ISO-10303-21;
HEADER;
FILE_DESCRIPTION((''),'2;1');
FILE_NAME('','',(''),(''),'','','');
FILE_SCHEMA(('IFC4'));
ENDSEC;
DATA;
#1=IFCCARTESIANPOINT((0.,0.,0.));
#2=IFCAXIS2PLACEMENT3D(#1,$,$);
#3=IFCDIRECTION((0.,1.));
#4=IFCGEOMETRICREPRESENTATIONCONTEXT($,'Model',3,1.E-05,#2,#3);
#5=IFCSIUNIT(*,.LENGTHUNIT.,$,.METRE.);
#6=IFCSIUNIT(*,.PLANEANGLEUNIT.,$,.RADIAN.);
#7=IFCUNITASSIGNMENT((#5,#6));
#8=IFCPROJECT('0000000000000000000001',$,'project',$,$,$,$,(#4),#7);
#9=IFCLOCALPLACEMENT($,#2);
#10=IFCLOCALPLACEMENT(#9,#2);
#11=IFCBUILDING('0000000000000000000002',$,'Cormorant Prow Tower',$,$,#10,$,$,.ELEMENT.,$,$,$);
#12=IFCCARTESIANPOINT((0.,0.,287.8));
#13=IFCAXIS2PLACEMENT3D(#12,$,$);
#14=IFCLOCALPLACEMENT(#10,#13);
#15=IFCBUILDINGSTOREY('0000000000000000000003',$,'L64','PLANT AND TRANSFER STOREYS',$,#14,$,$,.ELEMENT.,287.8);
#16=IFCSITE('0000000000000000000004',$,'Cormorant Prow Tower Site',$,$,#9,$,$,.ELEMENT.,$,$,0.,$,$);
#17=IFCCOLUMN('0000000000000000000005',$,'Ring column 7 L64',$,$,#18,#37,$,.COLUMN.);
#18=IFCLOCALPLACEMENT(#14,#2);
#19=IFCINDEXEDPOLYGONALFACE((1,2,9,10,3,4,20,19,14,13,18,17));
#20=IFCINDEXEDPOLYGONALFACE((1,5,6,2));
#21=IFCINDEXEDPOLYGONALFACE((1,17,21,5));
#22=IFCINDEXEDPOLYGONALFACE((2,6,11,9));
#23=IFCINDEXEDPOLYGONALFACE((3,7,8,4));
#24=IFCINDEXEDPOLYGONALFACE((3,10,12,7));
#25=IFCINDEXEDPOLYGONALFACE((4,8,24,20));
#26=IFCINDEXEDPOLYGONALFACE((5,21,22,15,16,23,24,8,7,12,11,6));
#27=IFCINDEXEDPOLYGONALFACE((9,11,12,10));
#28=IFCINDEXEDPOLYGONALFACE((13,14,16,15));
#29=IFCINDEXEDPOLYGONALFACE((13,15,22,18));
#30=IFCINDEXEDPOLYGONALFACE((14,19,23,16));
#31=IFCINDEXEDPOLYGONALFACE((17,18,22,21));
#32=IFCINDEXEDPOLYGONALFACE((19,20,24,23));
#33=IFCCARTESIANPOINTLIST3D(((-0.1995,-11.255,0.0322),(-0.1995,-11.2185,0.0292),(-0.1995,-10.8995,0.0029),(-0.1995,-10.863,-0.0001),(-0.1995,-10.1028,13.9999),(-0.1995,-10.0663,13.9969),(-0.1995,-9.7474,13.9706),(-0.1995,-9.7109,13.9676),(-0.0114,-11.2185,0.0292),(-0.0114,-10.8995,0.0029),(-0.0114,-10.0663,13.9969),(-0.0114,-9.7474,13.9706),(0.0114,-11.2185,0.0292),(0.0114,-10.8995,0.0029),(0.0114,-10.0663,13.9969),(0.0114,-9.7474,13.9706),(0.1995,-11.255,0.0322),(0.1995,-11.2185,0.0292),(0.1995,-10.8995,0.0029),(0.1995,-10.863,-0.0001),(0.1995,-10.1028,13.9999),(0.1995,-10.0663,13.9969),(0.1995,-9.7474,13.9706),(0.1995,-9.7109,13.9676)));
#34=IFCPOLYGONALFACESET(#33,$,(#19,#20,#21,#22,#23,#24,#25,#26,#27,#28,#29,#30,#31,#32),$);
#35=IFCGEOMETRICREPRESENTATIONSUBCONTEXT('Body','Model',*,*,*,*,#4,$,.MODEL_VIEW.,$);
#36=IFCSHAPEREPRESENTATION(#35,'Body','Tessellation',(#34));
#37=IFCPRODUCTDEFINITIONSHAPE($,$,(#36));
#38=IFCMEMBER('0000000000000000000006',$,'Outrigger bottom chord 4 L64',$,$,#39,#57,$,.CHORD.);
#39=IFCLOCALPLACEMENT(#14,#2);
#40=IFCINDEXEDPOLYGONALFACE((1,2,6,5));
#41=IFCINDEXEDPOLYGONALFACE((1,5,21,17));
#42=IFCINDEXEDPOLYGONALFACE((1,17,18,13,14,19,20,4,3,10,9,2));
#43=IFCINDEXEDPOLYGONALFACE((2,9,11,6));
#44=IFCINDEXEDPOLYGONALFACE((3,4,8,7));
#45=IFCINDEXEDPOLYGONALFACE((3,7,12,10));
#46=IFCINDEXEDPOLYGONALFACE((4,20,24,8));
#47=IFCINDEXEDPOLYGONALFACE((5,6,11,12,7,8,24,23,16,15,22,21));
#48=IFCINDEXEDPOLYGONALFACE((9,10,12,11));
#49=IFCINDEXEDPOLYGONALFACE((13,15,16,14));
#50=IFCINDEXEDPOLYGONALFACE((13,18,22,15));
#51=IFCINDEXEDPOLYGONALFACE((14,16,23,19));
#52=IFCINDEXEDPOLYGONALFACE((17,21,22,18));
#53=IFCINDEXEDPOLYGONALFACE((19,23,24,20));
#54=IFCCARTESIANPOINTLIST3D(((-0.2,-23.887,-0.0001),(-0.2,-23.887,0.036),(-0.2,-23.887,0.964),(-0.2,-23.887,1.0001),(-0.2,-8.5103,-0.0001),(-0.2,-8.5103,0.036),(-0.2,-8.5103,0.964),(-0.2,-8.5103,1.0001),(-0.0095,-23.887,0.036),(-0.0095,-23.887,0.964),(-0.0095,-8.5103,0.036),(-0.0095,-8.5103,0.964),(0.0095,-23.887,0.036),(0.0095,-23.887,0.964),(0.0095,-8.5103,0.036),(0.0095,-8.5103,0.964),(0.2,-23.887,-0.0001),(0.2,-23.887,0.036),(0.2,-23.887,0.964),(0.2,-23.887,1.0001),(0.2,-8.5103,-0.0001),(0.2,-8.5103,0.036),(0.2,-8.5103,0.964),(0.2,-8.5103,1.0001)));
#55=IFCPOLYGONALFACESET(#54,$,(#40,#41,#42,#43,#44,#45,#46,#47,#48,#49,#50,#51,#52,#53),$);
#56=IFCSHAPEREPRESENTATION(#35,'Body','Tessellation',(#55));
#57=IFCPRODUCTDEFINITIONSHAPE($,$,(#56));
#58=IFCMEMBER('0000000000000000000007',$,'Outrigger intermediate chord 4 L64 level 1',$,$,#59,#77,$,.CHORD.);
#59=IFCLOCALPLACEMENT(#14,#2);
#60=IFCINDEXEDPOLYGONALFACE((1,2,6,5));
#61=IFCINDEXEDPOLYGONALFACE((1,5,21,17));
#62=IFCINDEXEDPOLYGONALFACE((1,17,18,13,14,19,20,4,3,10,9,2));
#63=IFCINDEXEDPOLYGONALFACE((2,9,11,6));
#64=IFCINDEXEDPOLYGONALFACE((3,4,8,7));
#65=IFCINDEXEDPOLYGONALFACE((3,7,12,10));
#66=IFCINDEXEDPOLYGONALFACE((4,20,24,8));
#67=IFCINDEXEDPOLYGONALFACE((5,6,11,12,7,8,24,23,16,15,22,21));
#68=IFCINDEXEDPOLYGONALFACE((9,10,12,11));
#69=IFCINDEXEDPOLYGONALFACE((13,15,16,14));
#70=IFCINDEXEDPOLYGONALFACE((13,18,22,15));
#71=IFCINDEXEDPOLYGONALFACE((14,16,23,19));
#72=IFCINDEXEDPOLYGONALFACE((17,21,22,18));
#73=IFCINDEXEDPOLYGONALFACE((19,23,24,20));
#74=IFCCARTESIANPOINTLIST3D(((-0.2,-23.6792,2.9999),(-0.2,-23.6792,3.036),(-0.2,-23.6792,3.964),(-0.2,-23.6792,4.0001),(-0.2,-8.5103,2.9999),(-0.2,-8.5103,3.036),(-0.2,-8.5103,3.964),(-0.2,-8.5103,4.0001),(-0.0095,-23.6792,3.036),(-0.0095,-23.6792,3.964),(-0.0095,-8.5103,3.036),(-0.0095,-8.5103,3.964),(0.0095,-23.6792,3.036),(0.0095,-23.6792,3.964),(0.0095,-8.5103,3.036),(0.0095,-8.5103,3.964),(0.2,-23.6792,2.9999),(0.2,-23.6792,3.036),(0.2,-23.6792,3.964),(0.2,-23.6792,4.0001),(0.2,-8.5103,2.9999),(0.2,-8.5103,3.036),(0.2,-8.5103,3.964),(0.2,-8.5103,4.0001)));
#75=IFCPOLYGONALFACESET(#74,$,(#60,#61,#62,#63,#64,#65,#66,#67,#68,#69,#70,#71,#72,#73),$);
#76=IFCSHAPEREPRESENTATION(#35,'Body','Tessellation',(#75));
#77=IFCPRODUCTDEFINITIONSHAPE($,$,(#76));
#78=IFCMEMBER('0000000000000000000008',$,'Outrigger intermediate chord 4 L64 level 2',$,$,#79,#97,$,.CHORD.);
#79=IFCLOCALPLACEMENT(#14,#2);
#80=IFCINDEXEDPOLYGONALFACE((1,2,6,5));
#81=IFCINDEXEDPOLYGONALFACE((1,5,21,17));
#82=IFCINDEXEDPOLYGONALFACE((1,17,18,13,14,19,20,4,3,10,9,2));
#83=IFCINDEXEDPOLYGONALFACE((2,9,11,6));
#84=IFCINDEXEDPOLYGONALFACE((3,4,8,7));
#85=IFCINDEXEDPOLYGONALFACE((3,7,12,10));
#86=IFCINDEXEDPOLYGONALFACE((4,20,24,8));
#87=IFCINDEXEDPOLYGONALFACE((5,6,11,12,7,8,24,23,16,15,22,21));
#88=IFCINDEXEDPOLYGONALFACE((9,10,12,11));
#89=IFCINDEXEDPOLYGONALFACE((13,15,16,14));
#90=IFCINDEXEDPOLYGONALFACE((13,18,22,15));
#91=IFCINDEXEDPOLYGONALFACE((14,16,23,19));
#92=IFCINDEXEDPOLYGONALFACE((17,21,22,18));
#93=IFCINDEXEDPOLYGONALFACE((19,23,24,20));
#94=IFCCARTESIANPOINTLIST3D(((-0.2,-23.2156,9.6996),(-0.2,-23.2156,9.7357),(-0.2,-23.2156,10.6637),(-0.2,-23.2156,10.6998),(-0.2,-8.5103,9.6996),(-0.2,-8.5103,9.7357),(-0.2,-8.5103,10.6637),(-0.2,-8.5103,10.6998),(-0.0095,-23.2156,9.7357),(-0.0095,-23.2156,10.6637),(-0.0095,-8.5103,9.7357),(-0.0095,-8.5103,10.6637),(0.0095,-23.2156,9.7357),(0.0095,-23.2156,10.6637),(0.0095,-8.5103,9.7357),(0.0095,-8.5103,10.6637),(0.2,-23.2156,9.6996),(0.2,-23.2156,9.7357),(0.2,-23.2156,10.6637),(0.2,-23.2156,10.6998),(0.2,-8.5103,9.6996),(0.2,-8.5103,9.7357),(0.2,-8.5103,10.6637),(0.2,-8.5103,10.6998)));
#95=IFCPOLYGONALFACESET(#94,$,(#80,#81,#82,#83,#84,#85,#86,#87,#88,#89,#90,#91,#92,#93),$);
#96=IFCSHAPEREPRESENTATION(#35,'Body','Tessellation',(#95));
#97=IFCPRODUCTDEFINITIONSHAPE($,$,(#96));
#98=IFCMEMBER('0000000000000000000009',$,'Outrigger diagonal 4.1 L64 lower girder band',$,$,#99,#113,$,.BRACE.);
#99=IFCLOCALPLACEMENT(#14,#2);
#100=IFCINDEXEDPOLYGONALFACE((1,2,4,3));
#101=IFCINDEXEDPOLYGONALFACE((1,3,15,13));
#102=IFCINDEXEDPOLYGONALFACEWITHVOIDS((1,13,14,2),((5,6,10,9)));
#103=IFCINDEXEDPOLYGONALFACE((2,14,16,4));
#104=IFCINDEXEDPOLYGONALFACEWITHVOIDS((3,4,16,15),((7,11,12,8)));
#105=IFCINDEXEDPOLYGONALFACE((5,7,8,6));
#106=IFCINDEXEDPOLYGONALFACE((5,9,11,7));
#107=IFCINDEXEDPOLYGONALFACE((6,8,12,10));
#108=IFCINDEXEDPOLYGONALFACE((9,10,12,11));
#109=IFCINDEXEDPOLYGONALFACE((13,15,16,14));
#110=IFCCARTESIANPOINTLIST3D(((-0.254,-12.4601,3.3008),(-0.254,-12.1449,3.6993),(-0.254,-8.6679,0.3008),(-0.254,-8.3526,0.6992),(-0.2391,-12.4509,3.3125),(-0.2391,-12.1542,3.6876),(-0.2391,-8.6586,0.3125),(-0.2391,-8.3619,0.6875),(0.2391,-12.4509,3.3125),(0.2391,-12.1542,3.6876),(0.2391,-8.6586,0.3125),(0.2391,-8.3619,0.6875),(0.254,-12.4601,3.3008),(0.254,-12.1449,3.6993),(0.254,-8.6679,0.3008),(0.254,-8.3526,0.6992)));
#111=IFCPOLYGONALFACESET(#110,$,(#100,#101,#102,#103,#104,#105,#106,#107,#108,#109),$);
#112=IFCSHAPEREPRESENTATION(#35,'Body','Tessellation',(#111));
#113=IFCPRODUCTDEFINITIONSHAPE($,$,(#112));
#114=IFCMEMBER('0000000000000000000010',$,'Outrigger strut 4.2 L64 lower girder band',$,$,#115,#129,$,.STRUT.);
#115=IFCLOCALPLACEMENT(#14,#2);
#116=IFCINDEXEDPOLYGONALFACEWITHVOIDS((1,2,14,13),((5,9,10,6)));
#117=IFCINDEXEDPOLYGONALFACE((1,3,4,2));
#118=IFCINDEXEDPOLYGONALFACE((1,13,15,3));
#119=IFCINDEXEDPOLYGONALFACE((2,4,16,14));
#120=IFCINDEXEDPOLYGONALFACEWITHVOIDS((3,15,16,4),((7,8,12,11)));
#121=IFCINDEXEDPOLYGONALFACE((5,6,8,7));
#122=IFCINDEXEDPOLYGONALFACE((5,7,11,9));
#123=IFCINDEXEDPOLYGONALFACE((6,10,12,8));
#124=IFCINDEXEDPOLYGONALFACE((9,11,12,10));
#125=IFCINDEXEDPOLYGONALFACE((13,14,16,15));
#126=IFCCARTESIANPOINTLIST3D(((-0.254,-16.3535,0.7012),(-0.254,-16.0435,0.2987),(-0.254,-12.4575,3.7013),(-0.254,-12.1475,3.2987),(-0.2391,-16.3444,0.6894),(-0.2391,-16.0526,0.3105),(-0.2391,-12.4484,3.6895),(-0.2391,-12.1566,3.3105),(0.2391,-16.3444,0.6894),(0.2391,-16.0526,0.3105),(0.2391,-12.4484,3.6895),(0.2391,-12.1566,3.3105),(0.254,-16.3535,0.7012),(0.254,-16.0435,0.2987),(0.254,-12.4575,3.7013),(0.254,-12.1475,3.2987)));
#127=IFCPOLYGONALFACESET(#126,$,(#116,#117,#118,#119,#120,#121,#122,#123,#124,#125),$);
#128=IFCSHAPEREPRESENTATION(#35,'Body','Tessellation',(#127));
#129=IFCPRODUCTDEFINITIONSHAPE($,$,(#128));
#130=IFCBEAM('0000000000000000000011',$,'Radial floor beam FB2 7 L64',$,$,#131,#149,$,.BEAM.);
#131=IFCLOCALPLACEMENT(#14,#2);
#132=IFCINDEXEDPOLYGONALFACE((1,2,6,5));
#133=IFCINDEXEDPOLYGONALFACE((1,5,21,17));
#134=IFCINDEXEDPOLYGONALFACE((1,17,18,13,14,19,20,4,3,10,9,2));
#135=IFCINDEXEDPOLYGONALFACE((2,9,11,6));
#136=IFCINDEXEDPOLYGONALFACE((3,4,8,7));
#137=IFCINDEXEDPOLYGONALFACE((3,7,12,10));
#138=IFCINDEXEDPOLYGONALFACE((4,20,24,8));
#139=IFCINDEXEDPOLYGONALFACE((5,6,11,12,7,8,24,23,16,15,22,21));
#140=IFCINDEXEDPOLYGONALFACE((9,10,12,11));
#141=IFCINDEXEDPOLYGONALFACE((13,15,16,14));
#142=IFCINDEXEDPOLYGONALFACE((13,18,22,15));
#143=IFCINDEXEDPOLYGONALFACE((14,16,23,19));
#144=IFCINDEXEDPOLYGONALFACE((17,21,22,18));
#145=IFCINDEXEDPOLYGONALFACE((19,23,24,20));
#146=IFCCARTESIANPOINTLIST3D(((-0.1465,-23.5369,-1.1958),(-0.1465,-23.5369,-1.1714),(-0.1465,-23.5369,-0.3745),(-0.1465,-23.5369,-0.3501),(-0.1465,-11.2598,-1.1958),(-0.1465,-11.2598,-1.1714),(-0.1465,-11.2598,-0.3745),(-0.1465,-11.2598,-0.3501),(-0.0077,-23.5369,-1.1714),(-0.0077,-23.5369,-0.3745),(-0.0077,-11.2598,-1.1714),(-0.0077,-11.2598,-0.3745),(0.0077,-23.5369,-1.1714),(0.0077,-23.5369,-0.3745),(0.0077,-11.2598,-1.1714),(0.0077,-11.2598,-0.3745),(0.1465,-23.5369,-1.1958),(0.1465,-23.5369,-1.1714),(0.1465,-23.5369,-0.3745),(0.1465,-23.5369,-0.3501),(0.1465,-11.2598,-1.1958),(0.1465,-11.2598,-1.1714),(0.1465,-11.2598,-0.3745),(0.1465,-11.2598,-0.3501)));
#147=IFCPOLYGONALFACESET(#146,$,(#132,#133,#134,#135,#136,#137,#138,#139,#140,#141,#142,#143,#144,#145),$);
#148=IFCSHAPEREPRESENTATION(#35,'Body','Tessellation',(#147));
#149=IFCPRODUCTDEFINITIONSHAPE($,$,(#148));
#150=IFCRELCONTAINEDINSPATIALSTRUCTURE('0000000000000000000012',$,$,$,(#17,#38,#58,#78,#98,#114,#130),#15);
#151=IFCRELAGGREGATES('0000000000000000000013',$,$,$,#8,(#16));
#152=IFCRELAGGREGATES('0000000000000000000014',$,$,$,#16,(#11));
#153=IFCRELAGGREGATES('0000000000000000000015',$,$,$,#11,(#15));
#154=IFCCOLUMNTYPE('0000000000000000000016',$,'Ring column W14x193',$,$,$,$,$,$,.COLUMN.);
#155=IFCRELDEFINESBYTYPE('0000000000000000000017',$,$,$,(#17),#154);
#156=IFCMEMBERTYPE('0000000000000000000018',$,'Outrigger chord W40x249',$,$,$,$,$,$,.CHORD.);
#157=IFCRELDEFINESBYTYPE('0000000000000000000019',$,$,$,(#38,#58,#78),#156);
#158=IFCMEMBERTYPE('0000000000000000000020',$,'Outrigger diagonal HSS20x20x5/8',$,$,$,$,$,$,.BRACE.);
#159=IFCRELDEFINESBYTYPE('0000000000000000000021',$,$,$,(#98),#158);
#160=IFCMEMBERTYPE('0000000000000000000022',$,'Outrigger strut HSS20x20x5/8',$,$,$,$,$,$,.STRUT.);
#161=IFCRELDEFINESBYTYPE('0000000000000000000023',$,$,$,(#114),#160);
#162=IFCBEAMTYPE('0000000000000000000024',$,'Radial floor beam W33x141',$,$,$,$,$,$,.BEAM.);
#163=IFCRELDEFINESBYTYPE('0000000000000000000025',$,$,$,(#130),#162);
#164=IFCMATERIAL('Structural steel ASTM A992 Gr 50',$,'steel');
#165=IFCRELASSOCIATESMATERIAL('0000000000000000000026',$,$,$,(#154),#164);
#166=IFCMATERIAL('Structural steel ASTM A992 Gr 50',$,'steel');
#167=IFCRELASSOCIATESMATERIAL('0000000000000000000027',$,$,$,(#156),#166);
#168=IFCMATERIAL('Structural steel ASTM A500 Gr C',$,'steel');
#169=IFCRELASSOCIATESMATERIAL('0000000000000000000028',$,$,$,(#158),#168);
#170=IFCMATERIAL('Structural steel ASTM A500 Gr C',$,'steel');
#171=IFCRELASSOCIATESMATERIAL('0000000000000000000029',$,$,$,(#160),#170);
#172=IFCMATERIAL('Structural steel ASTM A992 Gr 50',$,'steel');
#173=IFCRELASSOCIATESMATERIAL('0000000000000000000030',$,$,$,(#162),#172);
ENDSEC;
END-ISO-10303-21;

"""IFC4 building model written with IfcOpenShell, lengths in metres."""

from ifc_helpers import new_model, si_unit, direction, frame, origin, origin_2d, place, context, subcontext, project, spatial, hollow_rectangle, i_section, extrude, material, material_profile, profile_set, type_object, element, save


model = new_model("IFC4")

# Units and contexts
model_context = context("Model", 3, precision=1e-05, world=origin(), true_north=direction((0.0, 1.0)))
body_context = subcontext(model_context, "Body", "Model", "MODEL_VIEW")
ifc_project = project(units=[si_unit("LENGTHUNIT", "METRE"), si_unit("PLANEANGLEUNIT", "RADIAN")], contexts=[model_context])

# Site, building, storey
site_placement = place(None, origin())
site = spatial("IfcSite", under=ifc_project, at=site_placement, Name="Cormorant Prow Tower Site", CompositionType="ELEMENT", RefElevation=0.0)
building_placement = place(site_placement, origin())
building = spatial("IfcBuilding", under=site, at=building_placement, Name="Cormorant Prow Tower", CompositionType="ELEMENT")
storey_placement = place(building_placement, frame((0.0, 0.0, 287.8)))
storey = spatial("IfcBuildingStorey", under=building, at=storey_placement, Name="L64", Description="PLANT AND TRANSFER STOREYS", CompositionType="ELEMENT", Elevation=287.8)

# Column
ifc_material_1 = material(Name="Structural steel ASTM A992 Gr 50", Category="steel")
ifc_material_profile_1 = material_profile(ifc_material_1, i_section(OverallWidth=0.3989, OverallDepth=0.3933, WebThickness=0.0227, FlangeThickness=0.0366, at=origin_2d()), Name="W14x193")
ifc_profile_set_1 = profile_set([ifc_material_profile_1], Name="Structural steel ASTM A992 Gr 50")
column_type = type_object("IfcColumnType", Name="Ring column W14x193", PredefinedType="COLUMN", material=ifc_profile_set_1)
column_placement = place(storey_placement, frame((0.0, -11.0603, 0.0), z_axis=(0.0, 0.082205, 0.996615), x_axis=(-1.0, 0.0, 0.0)))
element("IfcColumn", 1, at=column_placement, inside=storey, type_object=column_type, Name="Ring column 7 L64", PredefinedType="COLUMN", context=body_context, shape_type="SweptSolid", body=[
    extrude(i_section(OverallWidth=0.3989, OverallDepth=0.3933, WebThickness=0.0227, FlangeThickness=0.0366, at=origin_2d()), frame((0.0, 0.0, 0.0161)), (0.0, 0.0, 1.0), 14.0151),
])

# Members
ifc_material_2 = material(Name="Structural steel ASTM A992 Gr 50", Category="steel")
ifc_material_profile_2 = material_profile(ifc_material_2, i_section(OverallWidth=0.3999, OverallDepth=1.0002, WebThickness=0.019, FlangeThickness=0.0361, at=origin_2d()), Name="W40x249")
ifc_profile_set_2 = profile_set([ifc_material_profile_2], Name="Structural steel ASTM A992 Gr 50")
member_type_1 = type_object("IfcMemberType", Name="Outrigger chord W40x249", PredefinedType="CHORD", material=ifc_profile_set_2)
member_1_placement = place(storey_placement, frame((0.0, -8.5103, 0.5), z_axis=(0.0, -1.0, 0.0), x_axis=(1.0, 0.0, 0.0)))
element("IfcMember", 2, at=member_1_placement, inside=storey, type_object=member_type_1, Name="Outrigger bottom chord 4 L64", PredefinedType="CHORD", context=body_context, shape_type="SweptSolid", body=[
    extrude(i_section(OverallWidth=0.3999, OverallDepth=1.0002, WebThickness=0.019, FlangeThickness=0.0361, at=origin_2d()), origin(), (0.0, 0.0, 1.0), 15.3767),
])
member_2_placement = place(storey_placement, frame((0.0, -8.5103, 3.5), z_axis=(0.0, -1.0, 0.0), x_axis=(1.0, 0.0, 0.0)))
element("IfcMember", 3, at=member_2_placement, inside=storey, type_object=member_type_1, Name="Outrigger intermediate chord 4 L64 level 1", PredefinedType="CHORD", context=body_context, shape_type="SweptSolid", body=[
    extrude(i_section(OverallWidth=0.3999, OverallDepth=1.0002, WebThickness=0.019, FlangeThickness=0.0361, at=origin_2d()), origin(), (0.0, 0.0, 1.0), 15.1689),
])
member_3_placement = place(storey_placement, frame((0.0, -8.5103, 10.1997), z_axis=(0.0, -1.0, 0.0), x_axis=(1.0, 0.0, 0.0)))
element("IfcMember", 4, at=member_3_placement, inside=storey, type_object=member_type_1, Name="Outrigger intermediate chord 4 L64 level 2", PredefinedType="CHORD", context=body_context, shape_type="SweptSolid", body=[
    extrude(i_section(OverallWidth=0.3999, OverallDepth=1.0002, WebThickness=0.019, FlangeThickness=0.0361, at=origin_2d()), origin(), (0.0, 0.0, 1.0), 14.7053),
])
ifc_material_3 = material(Name="Structural steel ASTM A500 Gr C", Category="steel")
ifc_material_profile_3 = material_profile(ifc_material_3, hollow_rectangle(XDim=0.5081, YDim=0.5081, WallThickness=0.0149, at=origin_2d()), Name="HSS20x20x5/8")
ifc_profile_set_3 = profile_set([ifc_material_profile_3], Name="Structural steel ASTM A500 Gr C")
member_type_2 = type_object("IfcMemberType", Name="Outrigger diagonal HSS20x20x5/8", PredefinedType="BRACE", material=ifc_profile_set_3)
member_4_placement = place(storey_placement, frame((0.0, -8.5103, 0.5), z_axis=(0.0, -0.784266, 0.620425), x_axis=(1.0, 0.0, 0.0)))
element("IfcMember", 5, at=member_4_placement, inside=storey, type_object=member_type_2, Name="Outrigger diagonal 4.1 L64 lower girder band", PredefinedType="BRACE", context=body_context, shape_type="SweptSolid", body=[
    extrude(hollow_rectangle(XDim=0.5081, YDim=0.5081, WallThickness=0.0149, at=origin_2d()), origin(), (0.0, 0.0, 1.0), 4.8354),
])
ifc_material_4 = material(Name="Structural steel ASTM A500 Gr C", Category="steel")
ifc_material_profile_4 = material_profile(ifc_material_4, hollow_rectangle(XDim=0.5081, YDim=0.5081, WallThickness=0.0149, at=origin_2d()), Name="HSS20x20x5/8")
ifc_profile_set_4 = profile_set([ifc_material_profile_4], Name="Structural steel ASTM A500 Gr C")
member_type_3 = type_object("IfcMemberType", Name="Outrigger strut HSS20x20x5/8", PredefinedType="STRUT", material=ifc_profile_set_4)
member_5_placement = place(storey_placement, frame((0.0, -12.3025, 3.5), z_axis=(0.0, -0.792321, -0.610104), x_axis=(1.0, 0.0, 0.0)))
element("IfcMember", 6, at=member_5_placement, inside=storey, type_object=member_type_3, Name="Outrigger strut 4.2 L64 lower girder band", PredefinedType="STRUT", context=body_context, shape_type="SweptSolid", body=[
    extrude(hollow_rectangle(XDim=0.5081, YDim=0.5081, WallThickness=0.0149, at=origin_2d()), origin(), (0.0, 0.0, 1.0), 4.9172),
])

# Beam
ifc_material_5 = material(Name="Structural steel ASTM A992 Gr 50", Category="steel")
ifc_material_profile_5 = material_profile(ifc_material_5, i_section(OverallWidth=0.293, OverallDepth=0.8457, WebThickness=0.0154, FlangeThickness=0.0244, at=origin_2d()), Name="W33x141")
ifc_profile_set_5 = profile_set([ifc_material_profile_5], Name="Structural steel ASTM A992 Gr 50")
beam_type = type_object("IfcBeamType", Name="Radial floor beam W33x141", PredefinedType="BEAM", material=ifc_profile_set_5)
beam_placement = place(storey_placement, frame((0.0, -11.2598, -0.7729), z_axis=(0.0, -1.0, 0.0), x_axis=(1.0, 0.0, 0.0)))
element("IfcBeam", 7, at=beam_placement, inside=storey, type_object=beam_type, Name="Radial floor beam FB2 7 L64", PredefinedType="BEAM", context=body_context, shape_type="SweptSolid", body=[
    extrude(i_section(OverallWidth=0.293, OverallDepth=0.8457, WebThickness=0.0154, FlangeThickness=0.0244, at=origin_2d()), origin(), (0.0, 0.0, 1.0), 12.2771),
])

save(model, "model.ifc")
